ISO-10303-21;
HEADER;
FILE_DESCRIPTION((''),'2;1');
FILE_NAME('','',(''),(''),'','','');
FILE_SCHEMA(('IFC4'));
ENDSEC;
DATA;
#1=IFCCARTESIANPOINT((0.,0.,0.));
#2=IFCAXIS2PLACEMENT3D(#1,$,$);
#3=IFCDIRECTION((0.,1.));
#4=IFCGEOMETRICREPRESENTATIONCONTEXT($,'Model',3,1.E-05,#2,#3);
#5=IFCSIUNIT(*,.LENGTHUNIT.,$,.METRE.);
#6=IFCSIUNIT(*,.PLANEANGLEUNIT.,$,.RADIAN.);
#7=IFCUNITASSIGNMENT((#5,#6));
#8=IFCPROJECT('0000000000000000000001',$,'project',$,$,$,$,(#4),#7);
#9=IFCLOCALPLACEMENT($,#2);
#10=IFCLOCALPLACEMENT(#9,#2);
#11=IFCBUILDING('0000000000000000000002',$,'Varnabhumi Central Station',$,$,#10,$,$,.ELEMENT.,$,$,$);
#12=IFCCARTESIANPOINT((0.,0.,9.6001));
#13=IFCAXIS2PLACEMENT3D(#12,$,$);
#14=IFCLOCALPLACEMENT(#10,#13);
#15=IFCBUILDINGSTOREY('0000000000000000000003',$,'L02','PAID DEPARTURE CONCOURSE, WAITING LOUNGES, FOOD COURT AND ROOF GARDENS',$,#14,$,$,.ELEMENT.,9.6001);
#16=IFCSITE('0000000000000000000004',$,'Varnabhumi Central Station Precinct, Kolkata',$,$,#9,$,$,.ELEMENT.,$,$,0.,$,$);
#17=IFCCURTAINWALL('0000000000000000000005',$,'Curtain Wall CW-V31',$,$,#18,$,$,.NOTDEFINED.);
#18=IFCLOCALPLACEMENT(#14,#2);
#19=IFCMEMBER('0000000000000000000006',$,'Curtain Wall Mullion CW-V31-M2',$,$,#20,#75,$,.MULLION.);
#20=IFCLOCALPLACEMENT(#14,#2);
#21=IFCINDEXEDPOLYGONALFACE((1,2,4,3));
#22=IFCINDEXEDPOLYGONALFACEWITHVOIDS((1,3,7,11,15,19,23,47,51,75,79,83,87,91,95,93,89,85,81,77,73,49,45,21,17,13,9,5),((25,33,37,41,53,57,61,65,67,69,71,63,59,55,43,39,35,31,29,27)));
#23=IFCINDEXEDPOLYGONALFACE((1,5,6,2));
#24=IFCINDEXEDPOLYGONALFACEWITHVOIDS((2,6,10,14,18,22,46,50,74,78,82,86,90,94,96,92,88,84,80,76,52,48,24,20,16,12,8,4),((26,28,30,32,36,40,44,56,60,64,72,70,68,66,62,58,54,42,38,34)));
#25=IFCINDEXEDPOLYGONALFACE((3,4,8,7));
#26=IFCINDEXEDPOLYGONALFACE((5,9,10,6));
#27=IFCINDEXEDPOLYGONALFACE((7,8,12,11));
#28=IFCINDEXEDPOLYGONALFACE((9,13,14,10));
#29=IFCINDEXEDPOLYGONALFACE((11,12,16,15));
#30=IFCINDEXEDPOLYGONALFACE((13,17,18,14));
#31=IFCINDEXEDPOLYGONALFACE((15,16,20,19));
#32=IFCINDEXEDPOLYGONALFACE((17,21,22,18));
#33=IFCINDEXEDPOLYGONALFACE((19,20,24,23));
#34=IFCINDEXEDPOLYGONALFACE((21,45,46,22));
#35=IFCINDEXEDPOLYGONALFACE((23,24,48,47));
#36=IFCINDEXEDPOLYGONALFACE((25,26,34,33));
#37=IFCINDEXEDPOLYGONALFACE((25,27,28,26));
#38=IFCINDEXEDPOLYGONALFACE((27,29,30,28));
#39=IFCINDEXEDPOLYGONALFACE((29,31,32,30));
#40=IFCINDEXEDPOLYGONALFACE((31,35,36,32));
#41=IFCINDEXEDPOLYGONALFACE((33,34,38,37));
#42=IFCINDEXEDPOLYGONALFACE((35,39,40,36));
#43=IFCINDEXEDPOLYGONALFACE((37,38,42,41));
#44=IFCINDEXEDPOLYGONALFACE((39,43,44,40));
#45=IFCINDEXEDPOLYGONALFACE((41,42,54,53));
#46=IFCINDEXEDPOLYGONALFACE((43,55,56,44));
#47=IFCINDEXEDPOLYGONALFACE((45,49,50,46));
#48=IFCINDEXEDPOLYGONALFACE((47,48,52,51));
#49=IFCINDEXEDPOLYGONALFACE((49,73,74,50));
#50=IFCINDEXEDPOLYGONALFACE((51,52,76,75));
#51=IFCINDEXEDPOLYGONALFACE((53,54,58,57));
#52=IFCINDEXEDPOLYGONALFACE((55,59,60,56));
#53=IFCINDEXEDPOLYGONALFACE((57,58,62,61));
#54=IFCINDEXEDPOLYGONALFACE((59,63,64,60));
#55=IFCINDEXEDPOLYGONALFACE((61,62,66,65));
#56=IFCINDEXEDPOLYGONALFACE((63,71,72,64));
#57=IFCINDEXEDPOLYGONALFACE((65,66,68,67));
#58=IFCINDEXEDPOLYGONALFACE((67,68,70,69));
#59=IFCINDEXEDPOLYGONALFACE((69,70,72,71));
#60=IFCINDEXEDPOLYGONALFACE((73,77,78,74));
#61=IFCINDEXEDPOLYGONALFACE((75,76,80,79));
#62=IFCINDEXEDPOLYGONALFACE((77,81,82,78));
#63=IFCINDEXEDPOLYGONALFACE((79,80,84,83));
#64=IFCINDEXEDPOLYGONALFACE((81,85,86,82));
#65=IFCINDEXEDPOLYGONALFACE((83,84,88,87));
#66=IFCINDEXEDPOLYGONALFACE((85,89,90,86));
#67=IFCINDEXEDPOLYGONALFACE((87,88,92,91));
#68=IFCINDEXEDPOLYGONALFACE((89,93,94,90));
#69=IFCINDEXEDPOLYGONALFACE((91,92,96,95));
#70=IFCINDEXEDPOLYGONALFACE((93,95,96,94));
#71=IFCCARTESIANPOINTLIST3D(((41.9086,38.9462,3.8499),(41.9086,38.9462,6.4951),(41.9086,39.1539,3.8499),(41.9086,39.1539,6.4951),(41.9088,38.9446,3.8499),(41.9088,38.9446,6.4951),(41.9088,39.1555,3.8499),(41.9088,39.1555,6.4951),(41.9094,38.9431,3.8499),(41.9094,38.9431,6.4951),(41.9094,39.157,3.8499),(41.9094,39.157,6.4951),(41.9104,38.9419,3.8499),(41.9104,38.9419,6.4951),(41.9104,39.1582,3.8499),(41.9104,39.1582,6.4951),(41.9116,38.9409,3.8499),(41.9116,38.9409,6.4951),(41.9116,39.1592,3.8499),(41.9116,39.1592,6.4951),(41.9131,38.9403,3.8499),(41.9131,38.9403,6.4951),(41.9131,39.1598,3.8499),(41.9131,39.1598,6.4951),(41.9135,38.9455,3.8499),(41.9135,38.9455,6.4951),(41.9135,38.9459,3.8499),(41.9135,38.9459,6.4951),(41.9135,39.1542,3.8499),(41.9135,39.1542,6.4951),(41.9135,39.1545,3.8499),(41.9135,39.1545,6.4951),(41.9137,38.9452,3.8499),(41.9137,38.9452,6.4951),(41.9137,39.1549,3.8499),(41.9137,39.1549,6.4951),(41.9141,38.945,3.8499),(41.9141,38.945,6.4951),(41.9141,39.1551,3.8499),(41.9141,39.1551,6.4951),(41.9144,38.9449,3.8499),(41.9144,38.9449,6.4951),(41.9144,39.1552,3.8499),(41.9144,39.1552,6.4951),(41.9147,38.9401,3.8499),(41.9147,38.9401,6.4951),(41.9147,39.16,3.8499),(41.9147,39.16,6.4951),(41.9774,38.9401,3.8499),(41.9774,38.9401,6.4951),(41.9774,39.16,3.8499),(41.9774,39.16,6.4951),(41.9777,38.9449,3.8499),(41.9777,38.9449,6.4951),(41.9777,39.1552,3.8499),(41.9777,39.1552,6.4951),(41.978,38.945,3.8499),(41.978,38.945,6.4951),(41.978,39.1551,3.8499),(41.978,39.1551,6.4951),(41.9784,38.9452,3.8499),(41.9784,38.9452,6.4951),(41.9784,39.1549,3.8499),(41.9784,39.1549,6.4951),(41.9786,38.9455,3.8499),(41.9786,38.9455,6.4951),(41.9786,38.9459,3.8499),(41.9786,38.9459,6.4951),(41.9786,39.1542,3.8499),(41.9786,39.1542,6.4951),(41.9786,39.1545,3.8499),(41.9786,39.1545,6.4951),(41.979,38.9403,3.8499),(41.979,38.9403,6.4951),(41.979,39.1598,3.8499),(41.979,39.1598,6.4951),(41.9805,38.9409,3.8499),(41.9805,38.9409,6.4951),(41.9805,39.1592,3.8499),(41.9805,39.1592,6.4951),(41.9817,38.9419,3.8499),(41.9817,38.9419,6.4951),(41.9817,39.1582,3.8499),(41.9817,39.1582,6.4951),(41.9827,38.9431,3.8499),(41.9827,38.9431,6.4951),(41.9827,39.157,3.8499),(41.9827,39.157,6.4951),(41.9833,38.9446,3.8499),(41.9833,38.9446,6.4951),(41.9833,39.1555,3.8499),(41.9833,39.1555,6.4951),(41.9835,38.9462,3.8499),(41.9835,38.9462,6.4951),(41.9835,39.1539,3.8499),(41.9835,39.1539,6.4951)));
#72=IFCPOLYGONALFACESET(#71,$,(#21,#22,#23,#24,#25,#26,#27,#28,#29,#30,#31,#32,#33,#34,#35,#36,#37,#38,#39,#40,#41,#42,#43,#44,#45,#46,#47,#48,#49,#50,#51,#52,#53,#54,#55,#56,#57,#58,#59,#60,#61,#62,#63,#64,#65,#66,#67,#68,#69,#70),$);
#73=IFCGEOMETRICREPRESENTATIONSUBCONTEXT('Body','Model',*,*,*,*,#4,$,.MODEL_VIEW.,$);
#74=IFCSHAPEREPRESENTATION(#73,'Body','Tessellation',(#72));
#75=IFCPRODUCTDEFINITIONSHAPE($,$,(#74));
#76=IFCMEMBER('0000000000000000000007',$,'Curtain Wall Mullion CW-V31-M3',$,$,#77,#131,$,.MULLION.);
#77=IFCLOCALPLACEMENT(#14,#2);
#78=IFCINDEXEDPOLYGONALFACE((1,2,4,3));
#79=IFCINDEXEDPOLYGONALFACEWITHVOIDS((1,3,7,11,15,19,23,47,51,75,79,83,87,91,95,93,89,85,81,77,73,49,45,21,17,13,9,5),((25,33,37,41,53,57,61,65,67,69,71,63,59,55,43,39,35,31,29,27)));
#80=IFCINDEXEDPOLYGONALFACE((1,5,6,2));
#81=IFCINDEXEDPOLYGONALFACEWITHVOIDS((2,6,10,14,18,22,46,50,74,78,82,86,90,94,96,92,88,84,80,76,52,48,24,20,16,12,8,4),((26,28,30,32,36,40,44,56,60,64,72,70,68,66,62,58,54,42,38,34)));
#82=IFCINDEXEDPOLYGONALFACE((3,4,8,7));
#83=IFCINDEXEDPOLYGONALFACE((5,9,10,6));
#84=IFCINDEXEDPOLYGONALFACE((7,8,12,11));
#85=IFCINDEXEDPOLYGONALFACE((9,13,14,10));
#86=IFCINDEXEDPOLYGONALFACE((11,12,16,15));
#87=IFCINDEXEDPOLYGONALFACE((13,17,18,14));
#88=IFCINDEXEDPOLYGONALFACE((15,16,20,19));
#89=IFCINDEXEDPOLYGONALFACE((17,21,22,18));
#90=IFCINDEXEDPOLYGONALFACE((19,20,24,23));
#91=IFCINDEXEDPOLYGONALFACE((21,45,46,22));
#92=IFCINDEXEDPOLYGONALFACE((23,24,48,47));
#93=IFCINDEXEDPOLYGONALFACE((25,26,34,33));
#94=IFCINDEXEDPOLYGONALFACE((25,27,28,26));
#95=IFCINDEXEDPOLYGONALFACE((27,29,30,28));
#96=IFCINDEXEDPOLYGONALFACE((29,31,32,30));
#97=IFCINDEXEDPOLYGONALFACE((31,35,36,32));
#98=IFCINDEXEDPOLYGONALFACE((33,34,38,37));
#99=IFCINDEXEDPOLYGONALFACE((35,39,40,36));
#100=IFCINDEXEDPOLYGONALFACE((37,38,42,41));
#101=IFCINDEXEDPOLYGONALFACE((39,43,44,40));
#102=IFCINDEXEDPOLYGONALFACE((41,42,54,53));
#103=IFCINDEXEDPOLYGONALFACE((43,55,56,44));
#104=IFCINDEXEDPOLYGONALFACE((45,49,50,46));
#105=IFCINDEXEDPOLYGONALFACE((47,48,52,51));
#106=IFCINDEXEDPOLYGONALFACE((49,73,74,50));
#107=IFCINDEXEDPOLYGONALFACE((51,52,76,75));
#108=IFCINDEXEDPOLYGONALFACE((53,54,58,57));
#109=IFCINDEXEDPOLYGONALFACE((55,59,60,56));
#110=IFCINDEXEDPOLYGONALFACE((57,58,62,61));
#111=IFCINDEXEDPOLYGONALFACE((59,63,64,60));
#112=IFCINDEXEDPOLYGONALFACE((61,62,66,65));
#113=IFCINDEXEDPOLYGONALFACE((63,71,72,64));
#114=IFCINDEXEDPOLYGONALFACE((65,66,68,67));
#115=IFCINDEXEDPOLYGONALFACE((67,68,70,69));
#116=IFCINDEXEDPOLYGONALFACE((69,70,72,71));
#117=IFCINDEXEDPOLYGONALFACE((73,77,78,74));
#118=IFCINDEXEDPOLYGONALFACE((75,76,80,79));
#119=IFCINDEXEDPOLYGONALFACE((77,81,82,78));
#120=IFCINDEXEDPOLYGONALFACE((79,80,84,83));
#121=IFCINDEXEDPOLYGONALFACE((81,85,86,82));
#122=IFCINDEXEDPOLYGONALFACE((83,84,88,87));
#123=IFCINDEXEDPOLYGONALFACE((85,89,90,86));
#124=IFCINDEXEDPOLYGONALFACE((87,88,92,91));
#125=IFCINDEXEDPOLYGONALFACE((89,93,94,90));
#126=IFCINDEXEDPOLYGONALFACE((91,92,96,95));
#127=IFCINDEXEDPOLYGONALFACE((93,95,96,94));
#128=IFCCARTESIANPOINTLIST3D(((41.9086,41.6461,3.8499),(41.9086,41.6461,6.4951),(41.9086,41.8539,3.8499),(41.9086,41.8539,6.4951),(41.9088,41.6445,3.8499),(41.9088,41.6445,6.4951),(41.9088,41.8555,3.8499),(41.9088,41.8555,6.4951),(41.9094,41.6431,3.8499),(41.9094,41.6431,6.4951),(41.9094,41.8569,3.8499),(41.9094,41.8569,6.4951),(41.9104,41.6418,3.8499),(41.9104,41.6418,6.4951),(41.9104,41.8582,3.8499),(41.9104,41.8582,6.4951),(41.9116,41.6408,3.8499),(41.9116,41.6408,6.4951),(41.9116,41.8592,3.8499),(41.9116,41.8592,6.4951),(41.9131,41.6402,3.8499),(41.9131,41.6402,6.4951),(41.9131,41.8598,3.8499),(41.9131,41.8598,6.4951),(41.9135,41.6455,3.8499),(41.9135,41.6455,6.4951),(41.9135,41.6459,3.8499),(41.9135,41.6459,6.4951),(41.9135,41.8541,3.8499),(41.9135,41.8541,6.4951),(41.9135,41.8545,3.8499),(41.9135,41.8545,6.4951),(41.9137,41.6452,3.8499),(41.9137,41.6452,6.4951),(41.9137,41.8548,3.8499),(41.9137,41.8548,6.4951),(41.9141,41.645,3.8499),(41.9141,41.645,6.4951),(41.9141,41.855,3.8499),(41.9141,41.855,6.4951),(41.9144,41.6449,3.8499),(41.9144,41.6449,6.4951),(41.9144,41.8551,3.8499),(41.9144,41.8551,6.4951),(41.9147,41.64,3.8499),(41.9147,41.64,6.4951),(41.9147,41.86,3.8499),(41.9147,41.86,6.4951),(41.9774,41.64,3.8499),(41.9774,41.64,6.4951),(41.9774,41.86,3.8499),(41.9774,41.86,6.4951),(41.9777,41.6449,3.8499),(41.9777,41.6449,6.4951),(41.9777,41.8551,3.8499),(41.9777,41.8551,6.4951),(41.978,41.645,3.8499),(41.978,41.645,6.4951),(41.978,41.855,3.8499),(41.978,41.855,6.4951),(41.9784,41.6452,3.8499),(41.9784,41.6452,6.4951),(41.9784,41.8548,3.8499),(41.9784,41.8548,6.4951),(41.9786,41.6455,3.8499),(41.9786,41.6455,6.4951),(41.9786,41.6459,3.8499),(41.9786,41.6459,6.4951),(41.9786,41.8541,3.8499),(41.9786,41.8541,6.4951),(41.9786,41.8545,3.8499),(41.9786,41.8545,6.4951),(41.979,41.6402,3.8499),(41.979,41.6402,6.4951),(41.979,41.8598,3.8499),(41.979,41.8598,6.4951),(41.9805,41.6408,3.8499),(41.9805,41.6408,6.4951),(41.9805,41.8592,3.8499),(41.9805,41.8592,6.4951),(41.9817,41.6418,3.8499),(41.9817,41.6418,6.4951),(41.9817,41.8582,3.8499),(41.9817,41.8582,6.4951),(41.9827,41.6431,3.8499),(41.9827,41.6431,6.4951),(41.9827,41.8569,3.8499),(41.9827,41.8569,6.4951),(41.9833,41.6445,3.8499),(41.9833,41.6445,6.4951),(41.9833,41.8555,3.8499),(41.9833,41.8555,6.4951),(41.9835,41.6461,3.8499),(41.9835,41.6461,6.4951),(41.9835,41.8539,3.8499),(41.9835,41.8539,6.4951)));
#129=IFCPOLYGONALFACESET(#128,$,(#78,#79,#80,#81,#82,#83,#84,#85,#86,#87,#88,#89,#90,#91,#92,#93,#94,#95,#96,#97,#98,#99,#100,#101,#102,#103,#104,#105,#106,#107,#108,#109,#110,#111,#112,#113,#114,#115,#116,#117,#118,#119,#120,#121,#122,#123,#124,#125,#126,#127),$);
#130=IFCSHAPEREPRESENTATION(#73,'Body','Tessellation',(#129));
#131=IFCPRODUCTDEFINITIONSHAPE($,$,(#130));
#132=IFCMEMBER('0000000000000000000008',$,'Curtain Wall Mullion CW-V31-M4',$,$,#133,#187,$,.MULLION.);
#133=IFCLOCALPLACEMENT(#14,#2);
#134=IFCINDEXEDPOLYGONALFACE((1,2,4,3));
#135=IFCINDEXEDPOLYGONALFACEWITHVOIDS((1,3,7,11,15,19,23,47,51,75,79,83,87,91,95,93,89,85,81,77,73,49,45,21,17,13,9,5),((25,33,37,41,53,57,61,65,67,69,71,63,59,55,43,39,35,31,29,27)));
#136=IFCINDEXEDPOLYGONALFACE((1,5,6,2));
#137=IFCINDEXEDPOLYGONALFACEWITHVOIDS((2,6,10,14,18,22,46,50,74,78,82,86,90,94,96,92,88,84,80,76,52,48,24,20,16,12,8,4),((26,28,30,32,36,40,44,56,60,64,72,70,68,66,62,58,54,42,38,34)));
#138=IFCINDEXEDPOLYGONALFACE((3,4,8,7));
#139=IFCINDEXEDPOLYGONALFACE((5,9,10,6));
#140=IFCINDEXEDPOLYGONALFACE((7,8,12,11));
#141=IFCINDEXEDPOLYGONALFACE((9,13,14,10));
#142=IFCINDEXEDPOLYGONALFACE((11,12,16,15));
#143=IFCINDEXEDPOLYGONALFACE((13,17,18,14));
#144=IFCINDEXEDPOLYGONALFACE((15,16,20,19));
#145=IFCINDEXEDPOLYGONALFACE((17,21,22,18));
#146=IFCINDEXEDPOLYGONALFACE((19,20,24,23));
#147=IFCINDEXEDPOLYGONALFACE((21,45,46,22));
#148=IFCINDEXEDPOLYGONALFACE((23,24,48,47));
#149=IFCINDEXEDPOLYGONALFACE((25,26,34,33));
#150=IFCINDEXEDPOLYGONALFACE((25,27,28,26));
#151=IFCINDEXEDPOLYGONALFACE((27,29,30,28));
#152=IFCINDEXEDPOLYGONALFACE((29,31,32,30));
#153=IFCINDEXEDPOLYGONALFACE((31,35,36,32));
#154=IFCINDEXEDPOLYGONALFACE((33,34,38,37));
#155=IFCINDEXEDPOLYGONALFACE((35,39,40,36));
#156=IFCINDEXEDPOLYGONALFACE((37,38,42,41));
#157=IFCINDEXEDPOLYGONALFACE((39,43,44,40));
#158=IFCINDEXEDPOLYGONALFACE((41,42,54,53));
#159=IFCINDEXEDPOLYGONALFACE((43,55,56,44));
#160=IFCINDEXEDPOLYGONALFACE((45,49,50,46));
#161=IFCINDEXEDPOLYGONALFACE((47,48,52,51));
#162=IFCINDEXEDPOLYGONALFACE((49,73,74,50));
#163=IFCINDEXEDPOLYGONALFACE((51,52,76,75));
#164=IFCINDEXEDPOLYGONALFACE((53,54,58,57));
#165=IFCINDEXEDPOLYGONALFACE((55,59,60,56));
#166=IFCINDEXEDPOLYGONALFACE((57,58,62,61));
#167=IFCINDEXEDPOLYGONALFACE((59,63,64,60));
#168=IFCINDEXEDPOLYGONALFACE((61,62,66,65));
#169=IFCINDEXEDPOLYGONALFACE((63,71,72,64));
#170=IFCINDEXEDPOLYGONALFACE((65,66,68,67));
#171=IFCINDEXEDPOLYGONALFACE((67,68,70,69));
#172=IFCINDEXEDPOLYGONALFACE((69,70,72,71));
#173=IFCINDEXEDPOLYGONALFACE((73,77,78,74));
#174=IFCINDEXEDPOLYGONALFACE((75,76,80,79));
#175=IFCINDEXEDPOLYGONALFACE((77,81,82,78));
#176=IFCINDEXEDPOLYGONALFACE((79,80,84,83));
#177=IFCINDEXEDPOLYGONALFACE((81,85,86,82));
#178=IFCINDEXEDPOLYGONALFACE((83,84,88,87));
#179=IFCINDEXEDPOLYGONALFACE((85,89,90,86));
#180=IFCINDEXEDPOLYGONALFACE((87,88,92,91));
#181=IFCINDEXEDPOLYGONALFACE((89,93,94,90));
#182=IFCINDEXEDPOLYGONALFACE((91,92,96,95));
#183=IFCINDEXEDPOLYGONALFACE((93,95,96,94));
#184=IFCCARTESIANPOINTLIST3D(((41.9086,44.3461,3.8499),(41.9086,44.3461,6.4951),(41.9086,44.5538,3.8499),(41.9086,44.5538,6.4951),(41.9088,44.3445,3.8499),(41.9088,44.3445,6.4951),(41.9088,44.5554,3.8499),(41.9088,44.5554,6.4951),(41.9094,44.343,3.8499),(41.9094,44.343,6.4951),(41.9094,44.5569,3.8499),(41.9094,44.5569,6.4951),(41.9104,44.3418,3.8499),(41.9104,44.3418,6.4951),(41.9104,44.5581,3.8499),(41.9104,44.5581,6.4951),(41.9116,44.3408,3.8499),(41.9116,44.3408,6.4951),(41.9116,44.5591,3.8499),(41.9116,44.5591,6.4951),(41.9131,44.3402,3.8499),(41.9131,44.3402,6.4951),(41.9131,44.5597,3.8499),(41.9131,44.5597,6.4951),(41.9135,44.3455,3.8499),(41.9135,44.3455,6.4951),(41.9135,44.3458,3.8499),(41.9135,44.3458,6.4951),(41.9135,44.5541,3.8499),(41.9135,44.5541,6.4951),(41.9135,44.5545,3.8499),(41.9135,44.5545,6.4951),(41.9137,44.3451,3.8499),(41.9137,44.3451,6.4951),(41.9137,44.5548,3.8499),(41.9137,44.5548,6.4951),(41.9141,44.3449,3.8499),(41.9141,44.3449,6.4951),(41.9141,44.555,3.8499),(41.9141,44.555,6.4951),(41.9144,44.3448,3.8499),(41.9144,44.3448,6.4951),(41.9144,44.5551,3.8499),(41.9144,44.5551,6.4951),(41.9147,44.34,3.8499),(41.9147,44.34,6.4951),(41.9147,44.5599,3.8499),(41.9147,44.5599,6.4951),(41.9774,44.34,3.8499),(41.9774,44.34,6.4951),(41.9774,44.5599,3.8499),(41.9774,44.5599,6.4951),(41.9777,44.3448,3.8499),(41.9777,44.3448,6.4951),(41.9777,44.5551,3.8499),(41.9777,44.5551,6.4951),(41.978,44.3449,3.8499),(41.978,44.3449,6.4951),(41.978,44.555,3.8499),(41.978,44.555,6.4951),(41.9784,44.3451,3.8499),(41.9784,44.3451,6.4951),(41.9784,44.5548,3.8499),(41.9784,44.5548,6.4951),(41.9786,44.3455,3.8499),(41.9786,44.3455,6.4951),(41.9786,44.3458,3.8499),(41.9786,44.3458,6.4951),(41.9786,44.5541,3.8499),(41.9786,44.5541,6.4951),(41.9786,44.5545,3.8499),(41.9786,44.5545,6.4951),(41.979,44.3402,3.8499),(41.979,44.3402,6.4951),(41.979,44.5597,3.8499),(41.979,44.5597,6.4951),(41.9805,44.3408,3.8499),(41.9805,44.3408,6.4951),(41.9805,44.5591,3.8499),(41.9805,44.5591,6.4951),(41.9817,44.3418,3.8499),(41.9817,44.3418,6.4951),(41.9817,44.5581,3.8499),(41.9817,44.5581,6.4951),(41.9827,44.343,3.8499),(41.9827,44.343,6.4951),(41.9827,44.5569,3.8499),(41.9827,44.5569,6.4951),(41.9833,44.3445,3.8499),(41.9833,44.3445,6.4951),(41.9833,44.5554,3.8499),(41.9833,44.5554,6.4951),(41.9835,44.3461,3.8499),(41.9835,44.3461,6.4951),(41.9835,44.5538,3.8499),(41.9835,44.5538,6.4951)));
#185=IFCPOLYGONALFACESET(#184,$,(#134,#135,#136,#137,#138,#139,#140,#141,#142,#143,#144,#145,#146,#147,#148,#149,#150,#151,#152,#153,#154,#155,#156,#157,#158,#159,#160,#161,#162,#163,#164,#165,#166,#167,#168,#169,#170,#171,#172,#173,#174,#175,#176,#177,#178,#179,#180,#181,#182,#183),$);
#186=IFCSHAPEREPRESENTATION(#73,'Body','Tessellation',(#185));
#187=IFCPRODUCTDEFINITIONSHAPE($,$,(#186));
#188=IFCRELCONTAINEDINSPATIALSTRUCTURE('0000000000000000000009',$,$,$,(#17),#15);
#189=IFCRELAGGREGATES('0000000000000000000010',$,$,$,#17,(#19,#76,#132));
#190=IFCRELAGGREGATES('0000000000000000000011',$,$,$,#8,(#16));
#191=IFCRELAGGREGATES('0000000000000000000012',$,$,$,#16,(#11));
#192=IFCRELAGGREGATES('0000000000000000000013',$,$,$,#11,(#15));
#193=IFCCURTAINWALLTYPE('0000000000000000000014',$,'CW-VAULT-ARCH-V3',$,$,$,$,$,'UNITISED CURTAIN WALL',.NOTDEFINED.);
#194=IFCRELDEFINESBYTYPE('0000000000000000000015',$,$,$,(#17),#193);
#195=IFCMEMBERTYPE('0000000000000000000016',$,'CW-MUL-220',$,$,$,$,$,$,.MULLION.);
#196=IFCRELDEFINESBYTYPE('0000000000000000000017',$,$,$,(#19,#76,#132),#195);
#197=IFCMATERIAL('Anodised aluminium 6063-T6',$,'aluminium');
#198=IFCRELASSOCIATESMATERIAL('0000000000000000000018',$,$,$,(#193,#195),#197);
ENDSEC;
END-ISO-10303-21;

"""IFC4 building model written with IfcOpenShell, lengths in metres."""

from ifc_helpers import new_model, si_unit, direction, frame, origin, origin_2d, place, context, subcontext, project, spatial, hollow_rectangle, extrude, material, material_profile, profile_set, type_object, element, aggregate, save


model = new_model("IFC4")

# Units and contexts
model_context = context("Model", 3, precision=1e-05, world=origin(), true_north=direction((0.0, 1.0)))
body_context = subcontext(model_context, "Body", "Model", "MODEL_VIEW")
ifc_project = project(units=[si_unit("LENGTHUNIT", "METRE"), si_unit("PLANEANGLEUNIT", "RADIAN")], contexts=[model_context])

# Site, building, storey
site_placement = place(None, origin())
site = spatial("IfcSite", under=ifc_project, at=site_placement, Name="Varnabhumi Central Station Precinct, Kolkata", CompositionType="ELEMENT", RefElevation=0.0)
building_placement = place(site_placement, origin())
building = spatial("IfcBuilding", under=site, at=building_placement, Name="Varnabhumi Central Station", CompositionType="ELEMENT")
storey_placement = place(building_placement, frame((0.0, 0.0, 9.6001)))
storey = spatial("IfcBuildingStorey", under=building, at=storey_placement, Name="L02", Description="PAID DEPARTURE CONCOURSE, WAITING LOUNGES, FOOD COURT AND ROOF GARDENS", CompositionType="ELEMENT", Elevation=9.6001)

# Curtain wall, members
ifc_material_1 = material(Name="Anodised aluminium 6063-T6", Category="aluminium")
curtain_wall_type = type_object("IfcCurtainWallType", Name="CW-VAULT-ARCH-V3", ElementType="UNITISED CURTAIN WALL", PredefinedType="NOTDEFINED", material=ifc_material_1)
curtain_wall_placement = place(storey_placement, origin())
curtain_wall = element("IfcCurtainWall", 1, at=curtain_wall_placement, inside=storey, type_object=curtain_wall_type, Name="Curtain Wall CW-V31", PredefinedType="NOTDEFINED")
ifc_material_profile_1 = material_profile(ifc_material_1, hollow_rectangle(XDim=0.075, YDim=0.22, WallThickness=0.0049, InnerFilletRadius=0.001, OuterFilletRadius=0.0061, at=origin_2d()), Name="Anodised aluminium 6063-T6", Category="aluminium")
ifc_profile_set_1 = profile_set([ifc_material_profile_1], Name="Anodised aluminium 6063-T6")
member_type_1 = type_object("IfcMemberType", Name="CW-MUL-220", PredefinedType="MULLION", material=ifc_profile_set_1)
member_1_placement = place(storey_placement, frame((41.946, 39.05, 3.8499), z_axis=(0.0, 0.0, 1.0), x_axis=(1.0, 0.0, 0.0)))
member_1 = element("IfcMember", 2, at=member_1_placement, type_object=member_type_1, Name="Curtain Wall Mullion CW-V31-M2", PredefinedType="MULLION", context=body_context, shape_type="SweptSolid", body=[
    extrude(hollow_rectangle(XDim=0.075, YDim=0.22, WallThickness=0.0049, InnerFilletRadius=0.001, OuterFilletRadius=0.0061, at=origin_2d()), origin(), (0.0, 0.0, 1.0), 2.6453),
])
member_2_placement = place(storey_placement, frame((41.946, 41.75, 3.8499), z_axis=(0.0, 0.0, 1.0), x_axis=(1.0, 0.0, 0.0)))
member_2 = element("IfcMember", 3, at=member_2_placement, type_object=member_type_1, Name="Curtain Wall Mullion CW-V31-M3", PredefinedType="MULLION", context=body_context, shape_type="SweptSolid", body=[
    extrude(hollow_rectangle(XDim=0.075, YDim=0.22, WallThickness=0.0049, InnerFilletRadius=0.001, OuterFilletRadius=0.0061, at=origin_2d()), origin(), (0.0, 0.0, 1.0), 2.6453),
])
member_3_placement = place(storey_placement, frame((41.946, 44.45, 3.8499), z_axis=(0.0, 0.0, 1.0), x_axis=(1.0, 0.0, 0.0)))
member_3 = element("IfcMember", 4, at=member_3_placement, type_object=member_type_1, Name="Curtain Wall Mullion CW-V31-M4", PredefinedType="MULLION", context=body_context, shape_type="SweptSolid", body=[
    extrude(hollow_rectangle(XDim=0.075, YDim=0.22, WallThickness=0.0049, InnerFilletRadius=0.001, OuterFilletRadius=0.0061, at=origin_2d()), origin(), (0.0, 0.0, 1.0), 2.6453),
])

aggregate(curtain_wall, [member_1, member_2, member_3])

save(model, "model.ifc")
